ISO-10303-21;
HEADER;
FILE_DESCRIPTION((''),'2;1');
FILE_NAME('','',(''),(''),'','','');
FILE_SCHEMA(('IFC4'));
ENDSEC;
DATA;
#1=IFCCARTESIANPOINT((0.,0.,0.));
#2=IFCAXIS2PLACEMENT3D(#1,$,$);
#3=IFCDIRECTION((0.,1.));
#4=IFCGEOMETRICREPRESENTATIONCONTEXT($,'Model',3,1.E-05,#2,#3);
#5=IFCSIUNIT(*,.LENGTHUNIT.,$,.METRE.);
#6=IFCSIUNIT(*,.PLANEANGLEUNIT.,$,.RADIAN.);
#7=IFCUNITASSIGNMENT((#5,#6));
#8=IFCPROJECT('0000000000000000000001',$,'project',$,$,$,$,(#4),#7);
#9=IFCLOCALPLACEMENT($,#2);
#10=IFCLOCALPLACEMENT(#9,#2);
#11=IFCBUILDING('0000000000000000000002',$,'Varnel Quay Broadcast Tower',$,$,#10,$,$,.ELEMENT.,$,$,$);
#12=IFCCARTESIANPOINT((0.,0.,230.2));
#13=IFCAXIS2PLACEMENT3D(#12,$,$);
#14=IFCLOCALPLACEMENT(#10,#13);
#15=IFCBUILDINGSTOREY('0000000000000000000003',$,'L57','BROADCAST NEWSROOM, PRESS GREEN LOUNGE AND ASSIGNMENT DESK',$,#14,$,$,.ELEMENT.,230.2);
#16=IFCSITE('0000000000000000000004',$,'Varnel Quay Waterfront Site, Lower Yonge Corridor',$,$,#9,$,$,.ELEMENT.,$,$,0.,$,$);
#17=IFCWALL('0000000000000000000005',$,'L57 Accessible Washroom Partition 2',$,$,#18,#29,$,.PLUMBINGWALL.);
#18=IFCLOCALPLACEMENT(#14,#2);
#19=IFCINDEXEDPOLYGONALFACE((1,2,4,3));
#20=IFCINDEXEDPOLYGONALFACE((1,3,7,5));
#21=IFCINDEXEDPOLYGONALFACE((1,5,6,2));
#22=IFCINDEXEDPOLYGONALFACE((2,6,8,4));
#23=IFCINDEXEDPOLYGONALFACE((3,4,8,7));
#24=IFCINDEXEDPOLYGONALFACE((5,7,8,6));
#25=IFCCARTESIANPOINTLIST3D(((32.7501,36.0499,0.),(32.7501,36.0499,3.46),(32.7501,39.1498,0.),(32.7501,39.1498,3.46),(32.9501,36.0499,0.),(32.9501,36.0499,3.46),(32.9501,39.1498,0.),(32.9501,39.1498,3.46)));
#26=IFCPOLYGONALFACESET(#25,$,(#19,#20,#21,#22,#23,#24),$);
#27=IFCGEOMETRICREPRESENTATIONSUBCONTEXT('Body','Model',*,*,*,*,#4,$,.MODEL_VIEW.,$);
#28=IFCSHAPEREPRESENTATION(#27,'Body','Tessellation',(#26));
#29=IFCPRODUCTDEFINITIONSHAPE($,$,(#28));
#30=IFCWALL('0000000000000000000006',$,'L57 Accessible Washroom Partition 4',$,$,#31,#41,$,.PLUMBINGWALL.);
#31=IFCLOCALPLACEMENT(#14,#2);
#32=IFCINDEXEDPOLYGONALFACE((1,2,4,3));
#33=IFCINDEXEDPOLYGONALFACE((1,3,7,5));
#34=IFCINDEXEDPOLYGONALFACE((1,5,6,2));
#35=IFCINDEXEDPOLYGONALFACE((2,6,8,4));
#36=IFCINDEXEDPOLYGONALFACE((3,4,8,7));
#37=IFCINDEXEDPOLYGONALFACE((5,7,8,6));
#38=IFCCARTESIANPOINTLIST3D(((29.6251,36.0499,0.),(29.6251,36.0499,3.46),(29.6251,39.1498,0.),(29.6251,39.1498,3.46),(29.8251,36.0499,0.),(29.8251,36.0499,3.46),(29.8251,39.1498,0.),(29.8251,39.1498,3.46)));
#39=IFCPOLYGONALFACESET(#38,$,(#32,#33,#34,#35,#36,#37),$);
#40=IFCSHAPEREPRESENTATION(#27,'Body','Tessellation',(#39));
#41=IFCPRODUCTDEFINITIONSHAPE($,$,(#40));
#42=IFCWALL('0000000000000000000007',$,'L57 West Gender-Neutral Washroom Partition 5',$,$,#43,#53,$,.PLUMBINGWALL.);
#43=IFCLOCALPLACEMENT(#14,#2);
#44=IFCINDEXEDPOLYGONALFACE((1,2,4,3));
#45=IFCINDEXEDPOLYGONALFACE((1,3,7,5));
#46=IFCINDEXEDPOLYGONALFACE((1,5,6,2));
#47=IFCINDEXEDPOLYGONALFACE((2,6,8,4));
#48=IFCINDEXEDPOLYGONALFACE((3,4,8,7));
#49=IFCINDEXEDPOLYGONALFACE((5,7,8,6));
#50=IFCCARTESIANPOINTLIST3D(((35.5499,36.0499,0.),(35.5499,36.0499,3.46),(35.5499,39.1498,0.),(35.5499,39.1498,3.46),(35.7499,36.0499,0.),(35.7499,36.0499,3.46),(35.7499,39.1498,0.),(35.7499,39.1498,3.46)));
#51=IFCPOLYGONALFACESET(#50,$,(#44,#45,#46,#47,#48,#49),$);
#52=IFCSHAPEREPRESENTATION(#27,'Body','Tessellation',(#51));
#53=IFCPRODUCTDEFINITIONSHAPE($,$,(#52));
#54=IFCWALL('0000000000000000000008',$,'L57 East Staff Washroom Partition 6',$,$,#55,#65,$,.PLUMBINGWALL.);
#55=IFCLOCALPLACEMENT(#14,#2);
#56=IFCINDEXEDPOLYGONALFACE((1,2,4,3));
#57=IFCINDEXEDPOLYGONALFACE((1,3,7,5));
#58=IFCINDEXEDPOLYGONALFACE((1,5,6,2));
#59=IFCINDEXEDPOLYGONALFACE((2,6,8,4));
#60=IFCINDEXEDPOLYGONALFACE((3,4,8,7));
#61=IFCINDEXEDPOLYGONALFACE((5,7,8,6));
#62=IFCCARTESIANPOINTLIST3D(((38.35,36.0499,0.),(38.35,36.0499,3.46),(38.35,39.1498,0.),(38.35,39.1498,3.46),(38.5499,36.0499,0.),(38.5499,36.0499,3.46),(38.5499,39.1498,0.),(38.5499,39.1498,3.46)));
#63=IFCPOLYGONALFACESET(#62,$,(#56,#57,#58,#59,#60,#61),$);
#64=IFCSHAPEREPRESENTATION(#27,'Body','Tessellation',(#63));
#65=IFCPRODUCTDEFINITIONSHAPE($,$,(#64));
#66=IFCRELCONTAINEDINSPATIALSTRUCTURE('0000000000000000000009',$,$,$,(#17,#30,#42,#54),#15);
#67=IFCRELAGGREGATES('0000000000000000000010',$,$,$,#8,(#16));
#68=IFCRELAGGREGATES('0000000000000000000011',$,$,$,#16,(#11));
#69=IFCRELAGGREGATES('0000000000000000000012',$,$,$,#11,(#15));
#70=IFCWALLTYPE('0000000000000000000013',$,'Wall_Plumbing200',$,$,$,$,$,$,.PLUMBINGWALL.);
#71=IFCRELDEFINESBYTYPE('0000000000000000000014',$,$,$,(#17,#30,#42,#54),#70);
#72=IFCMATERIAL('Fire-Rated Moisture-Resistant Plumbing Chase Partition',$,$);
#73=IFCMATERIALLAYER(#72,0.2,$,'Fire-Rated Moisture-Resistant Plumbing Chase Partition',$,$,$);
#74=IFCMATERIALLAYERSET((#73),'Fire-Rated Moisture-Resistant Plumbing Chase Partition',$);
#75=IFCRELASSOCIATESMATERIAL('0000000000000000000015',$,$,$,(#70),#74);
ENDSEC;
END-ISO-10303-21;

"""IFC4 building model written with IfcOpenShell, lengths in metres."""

from ifc_helpers import new_model, si_unit, direction, frame, frame_2d, origin, place, context, subcontext, project, spatial, rectangle, extrude, material, layer, layer_set, type_object, element, save


model = new_model("IFC4")

# Units and contexts
model_context = context("Model", 3, precision=1e-05, world=origin(), true_north=direction((0.0, 1.0)))
body_context = subcontext(model_context, "Body", "Model", "MODEL_VIEW")
ifc_project = project(units=[si_unit("LENGTHUNIT", "METRE"), si_unit("PLANEANGLEUNIT", "RADIAN")], contexts=[model_context])

# Site, building, storey
site_placement = place(None, origin())
site = spatial("IfcSite", under=ifc_project, at=site_placement, Name="Varnel Quay Waterfront Site, Lower Yonge Corridor", CompositionType="ELEMENT", RefElevation=0.0)
building_placement = place(site_placement, origin())
building = spatial("IfcBuilding", under=site, at=building_placement, Name="Varnel Quay Broadcast Tower", CompositionType="ELEMENT")
storey_placement = place(building_placement, frame((0.0, 0.0, 230.2)))
storey = spatial("IfcBuildingStorey", under=building, at=storey_placement, Name="L57", Description="BROADCAST NEWSROOM, PRESS GREEN LOUNGE AND ASSIGNMENT DESK", CompositionType="ELEMENT", Elevation=230.2)

# Walls
ifc_material_1 = material(Name="Fire-Rated Moisture-Resistant Plumbing Chase Partition")
ifc_layer_1 = layer(ifc_material_1, 0.2, Name="Fire-Rated Moisture-Resistant Plumbing Chase Partition")
ifc_layer_set_1 = layer_set([ifc_layer_1], Name="Fire-Rated Moisture-Resistant Plumbing Chase Partition")
wall_type_1 = type_object("IfcWallType", Name="Wall_Plumbing200", PredefinedType="PLUMBINGWALL", material=ifc_layer_set_1)
for number, where, z_axis, x_axis, name in (
    (1, (32.8501, 36.05, 0.0), (0.0, 0.0, 1.0), (0.0, 1.0, 0.0), "L57 Accessible Washroom Partition 2"),
    (2, (29.7251, 36.05, 0.0), (0.0, 0.0, 1.0), (0.0, 1.0, 0.0), "L57 Accessible Washroom Partition 4"),
    (3, (35.6499, 36.05, 0.0), (0.0, 0.0, 1.0), (0.0, 1.0, 0.0), "L57 West Gender-Neutral Washroom Partition 5"),
    (4, (38.45, 36.05, 0.0), (0.0, 0.0, 1.0), (0.0, 1.0, 0.0), "L57 East Staff Washroom Partition 6"),
):
    element("IfcWall", number, at=place(storey_placement, frame(where, z_axis=z_axis, x_axis=x_axis)), inside=storey, type_object=wall_type_1, Name=name, PredefinedType="PLUMBINGWALL", context=body_context, shape_type="SweptSolid", body=[
        extrude(rectangle(XDim=3.0999, YDim=0.2, at=frame_2d((1.5498, 0.0))), origin(), (0.0, 0.0, 1.0), 3.46),
    ])

save(model, "model.ifc")
